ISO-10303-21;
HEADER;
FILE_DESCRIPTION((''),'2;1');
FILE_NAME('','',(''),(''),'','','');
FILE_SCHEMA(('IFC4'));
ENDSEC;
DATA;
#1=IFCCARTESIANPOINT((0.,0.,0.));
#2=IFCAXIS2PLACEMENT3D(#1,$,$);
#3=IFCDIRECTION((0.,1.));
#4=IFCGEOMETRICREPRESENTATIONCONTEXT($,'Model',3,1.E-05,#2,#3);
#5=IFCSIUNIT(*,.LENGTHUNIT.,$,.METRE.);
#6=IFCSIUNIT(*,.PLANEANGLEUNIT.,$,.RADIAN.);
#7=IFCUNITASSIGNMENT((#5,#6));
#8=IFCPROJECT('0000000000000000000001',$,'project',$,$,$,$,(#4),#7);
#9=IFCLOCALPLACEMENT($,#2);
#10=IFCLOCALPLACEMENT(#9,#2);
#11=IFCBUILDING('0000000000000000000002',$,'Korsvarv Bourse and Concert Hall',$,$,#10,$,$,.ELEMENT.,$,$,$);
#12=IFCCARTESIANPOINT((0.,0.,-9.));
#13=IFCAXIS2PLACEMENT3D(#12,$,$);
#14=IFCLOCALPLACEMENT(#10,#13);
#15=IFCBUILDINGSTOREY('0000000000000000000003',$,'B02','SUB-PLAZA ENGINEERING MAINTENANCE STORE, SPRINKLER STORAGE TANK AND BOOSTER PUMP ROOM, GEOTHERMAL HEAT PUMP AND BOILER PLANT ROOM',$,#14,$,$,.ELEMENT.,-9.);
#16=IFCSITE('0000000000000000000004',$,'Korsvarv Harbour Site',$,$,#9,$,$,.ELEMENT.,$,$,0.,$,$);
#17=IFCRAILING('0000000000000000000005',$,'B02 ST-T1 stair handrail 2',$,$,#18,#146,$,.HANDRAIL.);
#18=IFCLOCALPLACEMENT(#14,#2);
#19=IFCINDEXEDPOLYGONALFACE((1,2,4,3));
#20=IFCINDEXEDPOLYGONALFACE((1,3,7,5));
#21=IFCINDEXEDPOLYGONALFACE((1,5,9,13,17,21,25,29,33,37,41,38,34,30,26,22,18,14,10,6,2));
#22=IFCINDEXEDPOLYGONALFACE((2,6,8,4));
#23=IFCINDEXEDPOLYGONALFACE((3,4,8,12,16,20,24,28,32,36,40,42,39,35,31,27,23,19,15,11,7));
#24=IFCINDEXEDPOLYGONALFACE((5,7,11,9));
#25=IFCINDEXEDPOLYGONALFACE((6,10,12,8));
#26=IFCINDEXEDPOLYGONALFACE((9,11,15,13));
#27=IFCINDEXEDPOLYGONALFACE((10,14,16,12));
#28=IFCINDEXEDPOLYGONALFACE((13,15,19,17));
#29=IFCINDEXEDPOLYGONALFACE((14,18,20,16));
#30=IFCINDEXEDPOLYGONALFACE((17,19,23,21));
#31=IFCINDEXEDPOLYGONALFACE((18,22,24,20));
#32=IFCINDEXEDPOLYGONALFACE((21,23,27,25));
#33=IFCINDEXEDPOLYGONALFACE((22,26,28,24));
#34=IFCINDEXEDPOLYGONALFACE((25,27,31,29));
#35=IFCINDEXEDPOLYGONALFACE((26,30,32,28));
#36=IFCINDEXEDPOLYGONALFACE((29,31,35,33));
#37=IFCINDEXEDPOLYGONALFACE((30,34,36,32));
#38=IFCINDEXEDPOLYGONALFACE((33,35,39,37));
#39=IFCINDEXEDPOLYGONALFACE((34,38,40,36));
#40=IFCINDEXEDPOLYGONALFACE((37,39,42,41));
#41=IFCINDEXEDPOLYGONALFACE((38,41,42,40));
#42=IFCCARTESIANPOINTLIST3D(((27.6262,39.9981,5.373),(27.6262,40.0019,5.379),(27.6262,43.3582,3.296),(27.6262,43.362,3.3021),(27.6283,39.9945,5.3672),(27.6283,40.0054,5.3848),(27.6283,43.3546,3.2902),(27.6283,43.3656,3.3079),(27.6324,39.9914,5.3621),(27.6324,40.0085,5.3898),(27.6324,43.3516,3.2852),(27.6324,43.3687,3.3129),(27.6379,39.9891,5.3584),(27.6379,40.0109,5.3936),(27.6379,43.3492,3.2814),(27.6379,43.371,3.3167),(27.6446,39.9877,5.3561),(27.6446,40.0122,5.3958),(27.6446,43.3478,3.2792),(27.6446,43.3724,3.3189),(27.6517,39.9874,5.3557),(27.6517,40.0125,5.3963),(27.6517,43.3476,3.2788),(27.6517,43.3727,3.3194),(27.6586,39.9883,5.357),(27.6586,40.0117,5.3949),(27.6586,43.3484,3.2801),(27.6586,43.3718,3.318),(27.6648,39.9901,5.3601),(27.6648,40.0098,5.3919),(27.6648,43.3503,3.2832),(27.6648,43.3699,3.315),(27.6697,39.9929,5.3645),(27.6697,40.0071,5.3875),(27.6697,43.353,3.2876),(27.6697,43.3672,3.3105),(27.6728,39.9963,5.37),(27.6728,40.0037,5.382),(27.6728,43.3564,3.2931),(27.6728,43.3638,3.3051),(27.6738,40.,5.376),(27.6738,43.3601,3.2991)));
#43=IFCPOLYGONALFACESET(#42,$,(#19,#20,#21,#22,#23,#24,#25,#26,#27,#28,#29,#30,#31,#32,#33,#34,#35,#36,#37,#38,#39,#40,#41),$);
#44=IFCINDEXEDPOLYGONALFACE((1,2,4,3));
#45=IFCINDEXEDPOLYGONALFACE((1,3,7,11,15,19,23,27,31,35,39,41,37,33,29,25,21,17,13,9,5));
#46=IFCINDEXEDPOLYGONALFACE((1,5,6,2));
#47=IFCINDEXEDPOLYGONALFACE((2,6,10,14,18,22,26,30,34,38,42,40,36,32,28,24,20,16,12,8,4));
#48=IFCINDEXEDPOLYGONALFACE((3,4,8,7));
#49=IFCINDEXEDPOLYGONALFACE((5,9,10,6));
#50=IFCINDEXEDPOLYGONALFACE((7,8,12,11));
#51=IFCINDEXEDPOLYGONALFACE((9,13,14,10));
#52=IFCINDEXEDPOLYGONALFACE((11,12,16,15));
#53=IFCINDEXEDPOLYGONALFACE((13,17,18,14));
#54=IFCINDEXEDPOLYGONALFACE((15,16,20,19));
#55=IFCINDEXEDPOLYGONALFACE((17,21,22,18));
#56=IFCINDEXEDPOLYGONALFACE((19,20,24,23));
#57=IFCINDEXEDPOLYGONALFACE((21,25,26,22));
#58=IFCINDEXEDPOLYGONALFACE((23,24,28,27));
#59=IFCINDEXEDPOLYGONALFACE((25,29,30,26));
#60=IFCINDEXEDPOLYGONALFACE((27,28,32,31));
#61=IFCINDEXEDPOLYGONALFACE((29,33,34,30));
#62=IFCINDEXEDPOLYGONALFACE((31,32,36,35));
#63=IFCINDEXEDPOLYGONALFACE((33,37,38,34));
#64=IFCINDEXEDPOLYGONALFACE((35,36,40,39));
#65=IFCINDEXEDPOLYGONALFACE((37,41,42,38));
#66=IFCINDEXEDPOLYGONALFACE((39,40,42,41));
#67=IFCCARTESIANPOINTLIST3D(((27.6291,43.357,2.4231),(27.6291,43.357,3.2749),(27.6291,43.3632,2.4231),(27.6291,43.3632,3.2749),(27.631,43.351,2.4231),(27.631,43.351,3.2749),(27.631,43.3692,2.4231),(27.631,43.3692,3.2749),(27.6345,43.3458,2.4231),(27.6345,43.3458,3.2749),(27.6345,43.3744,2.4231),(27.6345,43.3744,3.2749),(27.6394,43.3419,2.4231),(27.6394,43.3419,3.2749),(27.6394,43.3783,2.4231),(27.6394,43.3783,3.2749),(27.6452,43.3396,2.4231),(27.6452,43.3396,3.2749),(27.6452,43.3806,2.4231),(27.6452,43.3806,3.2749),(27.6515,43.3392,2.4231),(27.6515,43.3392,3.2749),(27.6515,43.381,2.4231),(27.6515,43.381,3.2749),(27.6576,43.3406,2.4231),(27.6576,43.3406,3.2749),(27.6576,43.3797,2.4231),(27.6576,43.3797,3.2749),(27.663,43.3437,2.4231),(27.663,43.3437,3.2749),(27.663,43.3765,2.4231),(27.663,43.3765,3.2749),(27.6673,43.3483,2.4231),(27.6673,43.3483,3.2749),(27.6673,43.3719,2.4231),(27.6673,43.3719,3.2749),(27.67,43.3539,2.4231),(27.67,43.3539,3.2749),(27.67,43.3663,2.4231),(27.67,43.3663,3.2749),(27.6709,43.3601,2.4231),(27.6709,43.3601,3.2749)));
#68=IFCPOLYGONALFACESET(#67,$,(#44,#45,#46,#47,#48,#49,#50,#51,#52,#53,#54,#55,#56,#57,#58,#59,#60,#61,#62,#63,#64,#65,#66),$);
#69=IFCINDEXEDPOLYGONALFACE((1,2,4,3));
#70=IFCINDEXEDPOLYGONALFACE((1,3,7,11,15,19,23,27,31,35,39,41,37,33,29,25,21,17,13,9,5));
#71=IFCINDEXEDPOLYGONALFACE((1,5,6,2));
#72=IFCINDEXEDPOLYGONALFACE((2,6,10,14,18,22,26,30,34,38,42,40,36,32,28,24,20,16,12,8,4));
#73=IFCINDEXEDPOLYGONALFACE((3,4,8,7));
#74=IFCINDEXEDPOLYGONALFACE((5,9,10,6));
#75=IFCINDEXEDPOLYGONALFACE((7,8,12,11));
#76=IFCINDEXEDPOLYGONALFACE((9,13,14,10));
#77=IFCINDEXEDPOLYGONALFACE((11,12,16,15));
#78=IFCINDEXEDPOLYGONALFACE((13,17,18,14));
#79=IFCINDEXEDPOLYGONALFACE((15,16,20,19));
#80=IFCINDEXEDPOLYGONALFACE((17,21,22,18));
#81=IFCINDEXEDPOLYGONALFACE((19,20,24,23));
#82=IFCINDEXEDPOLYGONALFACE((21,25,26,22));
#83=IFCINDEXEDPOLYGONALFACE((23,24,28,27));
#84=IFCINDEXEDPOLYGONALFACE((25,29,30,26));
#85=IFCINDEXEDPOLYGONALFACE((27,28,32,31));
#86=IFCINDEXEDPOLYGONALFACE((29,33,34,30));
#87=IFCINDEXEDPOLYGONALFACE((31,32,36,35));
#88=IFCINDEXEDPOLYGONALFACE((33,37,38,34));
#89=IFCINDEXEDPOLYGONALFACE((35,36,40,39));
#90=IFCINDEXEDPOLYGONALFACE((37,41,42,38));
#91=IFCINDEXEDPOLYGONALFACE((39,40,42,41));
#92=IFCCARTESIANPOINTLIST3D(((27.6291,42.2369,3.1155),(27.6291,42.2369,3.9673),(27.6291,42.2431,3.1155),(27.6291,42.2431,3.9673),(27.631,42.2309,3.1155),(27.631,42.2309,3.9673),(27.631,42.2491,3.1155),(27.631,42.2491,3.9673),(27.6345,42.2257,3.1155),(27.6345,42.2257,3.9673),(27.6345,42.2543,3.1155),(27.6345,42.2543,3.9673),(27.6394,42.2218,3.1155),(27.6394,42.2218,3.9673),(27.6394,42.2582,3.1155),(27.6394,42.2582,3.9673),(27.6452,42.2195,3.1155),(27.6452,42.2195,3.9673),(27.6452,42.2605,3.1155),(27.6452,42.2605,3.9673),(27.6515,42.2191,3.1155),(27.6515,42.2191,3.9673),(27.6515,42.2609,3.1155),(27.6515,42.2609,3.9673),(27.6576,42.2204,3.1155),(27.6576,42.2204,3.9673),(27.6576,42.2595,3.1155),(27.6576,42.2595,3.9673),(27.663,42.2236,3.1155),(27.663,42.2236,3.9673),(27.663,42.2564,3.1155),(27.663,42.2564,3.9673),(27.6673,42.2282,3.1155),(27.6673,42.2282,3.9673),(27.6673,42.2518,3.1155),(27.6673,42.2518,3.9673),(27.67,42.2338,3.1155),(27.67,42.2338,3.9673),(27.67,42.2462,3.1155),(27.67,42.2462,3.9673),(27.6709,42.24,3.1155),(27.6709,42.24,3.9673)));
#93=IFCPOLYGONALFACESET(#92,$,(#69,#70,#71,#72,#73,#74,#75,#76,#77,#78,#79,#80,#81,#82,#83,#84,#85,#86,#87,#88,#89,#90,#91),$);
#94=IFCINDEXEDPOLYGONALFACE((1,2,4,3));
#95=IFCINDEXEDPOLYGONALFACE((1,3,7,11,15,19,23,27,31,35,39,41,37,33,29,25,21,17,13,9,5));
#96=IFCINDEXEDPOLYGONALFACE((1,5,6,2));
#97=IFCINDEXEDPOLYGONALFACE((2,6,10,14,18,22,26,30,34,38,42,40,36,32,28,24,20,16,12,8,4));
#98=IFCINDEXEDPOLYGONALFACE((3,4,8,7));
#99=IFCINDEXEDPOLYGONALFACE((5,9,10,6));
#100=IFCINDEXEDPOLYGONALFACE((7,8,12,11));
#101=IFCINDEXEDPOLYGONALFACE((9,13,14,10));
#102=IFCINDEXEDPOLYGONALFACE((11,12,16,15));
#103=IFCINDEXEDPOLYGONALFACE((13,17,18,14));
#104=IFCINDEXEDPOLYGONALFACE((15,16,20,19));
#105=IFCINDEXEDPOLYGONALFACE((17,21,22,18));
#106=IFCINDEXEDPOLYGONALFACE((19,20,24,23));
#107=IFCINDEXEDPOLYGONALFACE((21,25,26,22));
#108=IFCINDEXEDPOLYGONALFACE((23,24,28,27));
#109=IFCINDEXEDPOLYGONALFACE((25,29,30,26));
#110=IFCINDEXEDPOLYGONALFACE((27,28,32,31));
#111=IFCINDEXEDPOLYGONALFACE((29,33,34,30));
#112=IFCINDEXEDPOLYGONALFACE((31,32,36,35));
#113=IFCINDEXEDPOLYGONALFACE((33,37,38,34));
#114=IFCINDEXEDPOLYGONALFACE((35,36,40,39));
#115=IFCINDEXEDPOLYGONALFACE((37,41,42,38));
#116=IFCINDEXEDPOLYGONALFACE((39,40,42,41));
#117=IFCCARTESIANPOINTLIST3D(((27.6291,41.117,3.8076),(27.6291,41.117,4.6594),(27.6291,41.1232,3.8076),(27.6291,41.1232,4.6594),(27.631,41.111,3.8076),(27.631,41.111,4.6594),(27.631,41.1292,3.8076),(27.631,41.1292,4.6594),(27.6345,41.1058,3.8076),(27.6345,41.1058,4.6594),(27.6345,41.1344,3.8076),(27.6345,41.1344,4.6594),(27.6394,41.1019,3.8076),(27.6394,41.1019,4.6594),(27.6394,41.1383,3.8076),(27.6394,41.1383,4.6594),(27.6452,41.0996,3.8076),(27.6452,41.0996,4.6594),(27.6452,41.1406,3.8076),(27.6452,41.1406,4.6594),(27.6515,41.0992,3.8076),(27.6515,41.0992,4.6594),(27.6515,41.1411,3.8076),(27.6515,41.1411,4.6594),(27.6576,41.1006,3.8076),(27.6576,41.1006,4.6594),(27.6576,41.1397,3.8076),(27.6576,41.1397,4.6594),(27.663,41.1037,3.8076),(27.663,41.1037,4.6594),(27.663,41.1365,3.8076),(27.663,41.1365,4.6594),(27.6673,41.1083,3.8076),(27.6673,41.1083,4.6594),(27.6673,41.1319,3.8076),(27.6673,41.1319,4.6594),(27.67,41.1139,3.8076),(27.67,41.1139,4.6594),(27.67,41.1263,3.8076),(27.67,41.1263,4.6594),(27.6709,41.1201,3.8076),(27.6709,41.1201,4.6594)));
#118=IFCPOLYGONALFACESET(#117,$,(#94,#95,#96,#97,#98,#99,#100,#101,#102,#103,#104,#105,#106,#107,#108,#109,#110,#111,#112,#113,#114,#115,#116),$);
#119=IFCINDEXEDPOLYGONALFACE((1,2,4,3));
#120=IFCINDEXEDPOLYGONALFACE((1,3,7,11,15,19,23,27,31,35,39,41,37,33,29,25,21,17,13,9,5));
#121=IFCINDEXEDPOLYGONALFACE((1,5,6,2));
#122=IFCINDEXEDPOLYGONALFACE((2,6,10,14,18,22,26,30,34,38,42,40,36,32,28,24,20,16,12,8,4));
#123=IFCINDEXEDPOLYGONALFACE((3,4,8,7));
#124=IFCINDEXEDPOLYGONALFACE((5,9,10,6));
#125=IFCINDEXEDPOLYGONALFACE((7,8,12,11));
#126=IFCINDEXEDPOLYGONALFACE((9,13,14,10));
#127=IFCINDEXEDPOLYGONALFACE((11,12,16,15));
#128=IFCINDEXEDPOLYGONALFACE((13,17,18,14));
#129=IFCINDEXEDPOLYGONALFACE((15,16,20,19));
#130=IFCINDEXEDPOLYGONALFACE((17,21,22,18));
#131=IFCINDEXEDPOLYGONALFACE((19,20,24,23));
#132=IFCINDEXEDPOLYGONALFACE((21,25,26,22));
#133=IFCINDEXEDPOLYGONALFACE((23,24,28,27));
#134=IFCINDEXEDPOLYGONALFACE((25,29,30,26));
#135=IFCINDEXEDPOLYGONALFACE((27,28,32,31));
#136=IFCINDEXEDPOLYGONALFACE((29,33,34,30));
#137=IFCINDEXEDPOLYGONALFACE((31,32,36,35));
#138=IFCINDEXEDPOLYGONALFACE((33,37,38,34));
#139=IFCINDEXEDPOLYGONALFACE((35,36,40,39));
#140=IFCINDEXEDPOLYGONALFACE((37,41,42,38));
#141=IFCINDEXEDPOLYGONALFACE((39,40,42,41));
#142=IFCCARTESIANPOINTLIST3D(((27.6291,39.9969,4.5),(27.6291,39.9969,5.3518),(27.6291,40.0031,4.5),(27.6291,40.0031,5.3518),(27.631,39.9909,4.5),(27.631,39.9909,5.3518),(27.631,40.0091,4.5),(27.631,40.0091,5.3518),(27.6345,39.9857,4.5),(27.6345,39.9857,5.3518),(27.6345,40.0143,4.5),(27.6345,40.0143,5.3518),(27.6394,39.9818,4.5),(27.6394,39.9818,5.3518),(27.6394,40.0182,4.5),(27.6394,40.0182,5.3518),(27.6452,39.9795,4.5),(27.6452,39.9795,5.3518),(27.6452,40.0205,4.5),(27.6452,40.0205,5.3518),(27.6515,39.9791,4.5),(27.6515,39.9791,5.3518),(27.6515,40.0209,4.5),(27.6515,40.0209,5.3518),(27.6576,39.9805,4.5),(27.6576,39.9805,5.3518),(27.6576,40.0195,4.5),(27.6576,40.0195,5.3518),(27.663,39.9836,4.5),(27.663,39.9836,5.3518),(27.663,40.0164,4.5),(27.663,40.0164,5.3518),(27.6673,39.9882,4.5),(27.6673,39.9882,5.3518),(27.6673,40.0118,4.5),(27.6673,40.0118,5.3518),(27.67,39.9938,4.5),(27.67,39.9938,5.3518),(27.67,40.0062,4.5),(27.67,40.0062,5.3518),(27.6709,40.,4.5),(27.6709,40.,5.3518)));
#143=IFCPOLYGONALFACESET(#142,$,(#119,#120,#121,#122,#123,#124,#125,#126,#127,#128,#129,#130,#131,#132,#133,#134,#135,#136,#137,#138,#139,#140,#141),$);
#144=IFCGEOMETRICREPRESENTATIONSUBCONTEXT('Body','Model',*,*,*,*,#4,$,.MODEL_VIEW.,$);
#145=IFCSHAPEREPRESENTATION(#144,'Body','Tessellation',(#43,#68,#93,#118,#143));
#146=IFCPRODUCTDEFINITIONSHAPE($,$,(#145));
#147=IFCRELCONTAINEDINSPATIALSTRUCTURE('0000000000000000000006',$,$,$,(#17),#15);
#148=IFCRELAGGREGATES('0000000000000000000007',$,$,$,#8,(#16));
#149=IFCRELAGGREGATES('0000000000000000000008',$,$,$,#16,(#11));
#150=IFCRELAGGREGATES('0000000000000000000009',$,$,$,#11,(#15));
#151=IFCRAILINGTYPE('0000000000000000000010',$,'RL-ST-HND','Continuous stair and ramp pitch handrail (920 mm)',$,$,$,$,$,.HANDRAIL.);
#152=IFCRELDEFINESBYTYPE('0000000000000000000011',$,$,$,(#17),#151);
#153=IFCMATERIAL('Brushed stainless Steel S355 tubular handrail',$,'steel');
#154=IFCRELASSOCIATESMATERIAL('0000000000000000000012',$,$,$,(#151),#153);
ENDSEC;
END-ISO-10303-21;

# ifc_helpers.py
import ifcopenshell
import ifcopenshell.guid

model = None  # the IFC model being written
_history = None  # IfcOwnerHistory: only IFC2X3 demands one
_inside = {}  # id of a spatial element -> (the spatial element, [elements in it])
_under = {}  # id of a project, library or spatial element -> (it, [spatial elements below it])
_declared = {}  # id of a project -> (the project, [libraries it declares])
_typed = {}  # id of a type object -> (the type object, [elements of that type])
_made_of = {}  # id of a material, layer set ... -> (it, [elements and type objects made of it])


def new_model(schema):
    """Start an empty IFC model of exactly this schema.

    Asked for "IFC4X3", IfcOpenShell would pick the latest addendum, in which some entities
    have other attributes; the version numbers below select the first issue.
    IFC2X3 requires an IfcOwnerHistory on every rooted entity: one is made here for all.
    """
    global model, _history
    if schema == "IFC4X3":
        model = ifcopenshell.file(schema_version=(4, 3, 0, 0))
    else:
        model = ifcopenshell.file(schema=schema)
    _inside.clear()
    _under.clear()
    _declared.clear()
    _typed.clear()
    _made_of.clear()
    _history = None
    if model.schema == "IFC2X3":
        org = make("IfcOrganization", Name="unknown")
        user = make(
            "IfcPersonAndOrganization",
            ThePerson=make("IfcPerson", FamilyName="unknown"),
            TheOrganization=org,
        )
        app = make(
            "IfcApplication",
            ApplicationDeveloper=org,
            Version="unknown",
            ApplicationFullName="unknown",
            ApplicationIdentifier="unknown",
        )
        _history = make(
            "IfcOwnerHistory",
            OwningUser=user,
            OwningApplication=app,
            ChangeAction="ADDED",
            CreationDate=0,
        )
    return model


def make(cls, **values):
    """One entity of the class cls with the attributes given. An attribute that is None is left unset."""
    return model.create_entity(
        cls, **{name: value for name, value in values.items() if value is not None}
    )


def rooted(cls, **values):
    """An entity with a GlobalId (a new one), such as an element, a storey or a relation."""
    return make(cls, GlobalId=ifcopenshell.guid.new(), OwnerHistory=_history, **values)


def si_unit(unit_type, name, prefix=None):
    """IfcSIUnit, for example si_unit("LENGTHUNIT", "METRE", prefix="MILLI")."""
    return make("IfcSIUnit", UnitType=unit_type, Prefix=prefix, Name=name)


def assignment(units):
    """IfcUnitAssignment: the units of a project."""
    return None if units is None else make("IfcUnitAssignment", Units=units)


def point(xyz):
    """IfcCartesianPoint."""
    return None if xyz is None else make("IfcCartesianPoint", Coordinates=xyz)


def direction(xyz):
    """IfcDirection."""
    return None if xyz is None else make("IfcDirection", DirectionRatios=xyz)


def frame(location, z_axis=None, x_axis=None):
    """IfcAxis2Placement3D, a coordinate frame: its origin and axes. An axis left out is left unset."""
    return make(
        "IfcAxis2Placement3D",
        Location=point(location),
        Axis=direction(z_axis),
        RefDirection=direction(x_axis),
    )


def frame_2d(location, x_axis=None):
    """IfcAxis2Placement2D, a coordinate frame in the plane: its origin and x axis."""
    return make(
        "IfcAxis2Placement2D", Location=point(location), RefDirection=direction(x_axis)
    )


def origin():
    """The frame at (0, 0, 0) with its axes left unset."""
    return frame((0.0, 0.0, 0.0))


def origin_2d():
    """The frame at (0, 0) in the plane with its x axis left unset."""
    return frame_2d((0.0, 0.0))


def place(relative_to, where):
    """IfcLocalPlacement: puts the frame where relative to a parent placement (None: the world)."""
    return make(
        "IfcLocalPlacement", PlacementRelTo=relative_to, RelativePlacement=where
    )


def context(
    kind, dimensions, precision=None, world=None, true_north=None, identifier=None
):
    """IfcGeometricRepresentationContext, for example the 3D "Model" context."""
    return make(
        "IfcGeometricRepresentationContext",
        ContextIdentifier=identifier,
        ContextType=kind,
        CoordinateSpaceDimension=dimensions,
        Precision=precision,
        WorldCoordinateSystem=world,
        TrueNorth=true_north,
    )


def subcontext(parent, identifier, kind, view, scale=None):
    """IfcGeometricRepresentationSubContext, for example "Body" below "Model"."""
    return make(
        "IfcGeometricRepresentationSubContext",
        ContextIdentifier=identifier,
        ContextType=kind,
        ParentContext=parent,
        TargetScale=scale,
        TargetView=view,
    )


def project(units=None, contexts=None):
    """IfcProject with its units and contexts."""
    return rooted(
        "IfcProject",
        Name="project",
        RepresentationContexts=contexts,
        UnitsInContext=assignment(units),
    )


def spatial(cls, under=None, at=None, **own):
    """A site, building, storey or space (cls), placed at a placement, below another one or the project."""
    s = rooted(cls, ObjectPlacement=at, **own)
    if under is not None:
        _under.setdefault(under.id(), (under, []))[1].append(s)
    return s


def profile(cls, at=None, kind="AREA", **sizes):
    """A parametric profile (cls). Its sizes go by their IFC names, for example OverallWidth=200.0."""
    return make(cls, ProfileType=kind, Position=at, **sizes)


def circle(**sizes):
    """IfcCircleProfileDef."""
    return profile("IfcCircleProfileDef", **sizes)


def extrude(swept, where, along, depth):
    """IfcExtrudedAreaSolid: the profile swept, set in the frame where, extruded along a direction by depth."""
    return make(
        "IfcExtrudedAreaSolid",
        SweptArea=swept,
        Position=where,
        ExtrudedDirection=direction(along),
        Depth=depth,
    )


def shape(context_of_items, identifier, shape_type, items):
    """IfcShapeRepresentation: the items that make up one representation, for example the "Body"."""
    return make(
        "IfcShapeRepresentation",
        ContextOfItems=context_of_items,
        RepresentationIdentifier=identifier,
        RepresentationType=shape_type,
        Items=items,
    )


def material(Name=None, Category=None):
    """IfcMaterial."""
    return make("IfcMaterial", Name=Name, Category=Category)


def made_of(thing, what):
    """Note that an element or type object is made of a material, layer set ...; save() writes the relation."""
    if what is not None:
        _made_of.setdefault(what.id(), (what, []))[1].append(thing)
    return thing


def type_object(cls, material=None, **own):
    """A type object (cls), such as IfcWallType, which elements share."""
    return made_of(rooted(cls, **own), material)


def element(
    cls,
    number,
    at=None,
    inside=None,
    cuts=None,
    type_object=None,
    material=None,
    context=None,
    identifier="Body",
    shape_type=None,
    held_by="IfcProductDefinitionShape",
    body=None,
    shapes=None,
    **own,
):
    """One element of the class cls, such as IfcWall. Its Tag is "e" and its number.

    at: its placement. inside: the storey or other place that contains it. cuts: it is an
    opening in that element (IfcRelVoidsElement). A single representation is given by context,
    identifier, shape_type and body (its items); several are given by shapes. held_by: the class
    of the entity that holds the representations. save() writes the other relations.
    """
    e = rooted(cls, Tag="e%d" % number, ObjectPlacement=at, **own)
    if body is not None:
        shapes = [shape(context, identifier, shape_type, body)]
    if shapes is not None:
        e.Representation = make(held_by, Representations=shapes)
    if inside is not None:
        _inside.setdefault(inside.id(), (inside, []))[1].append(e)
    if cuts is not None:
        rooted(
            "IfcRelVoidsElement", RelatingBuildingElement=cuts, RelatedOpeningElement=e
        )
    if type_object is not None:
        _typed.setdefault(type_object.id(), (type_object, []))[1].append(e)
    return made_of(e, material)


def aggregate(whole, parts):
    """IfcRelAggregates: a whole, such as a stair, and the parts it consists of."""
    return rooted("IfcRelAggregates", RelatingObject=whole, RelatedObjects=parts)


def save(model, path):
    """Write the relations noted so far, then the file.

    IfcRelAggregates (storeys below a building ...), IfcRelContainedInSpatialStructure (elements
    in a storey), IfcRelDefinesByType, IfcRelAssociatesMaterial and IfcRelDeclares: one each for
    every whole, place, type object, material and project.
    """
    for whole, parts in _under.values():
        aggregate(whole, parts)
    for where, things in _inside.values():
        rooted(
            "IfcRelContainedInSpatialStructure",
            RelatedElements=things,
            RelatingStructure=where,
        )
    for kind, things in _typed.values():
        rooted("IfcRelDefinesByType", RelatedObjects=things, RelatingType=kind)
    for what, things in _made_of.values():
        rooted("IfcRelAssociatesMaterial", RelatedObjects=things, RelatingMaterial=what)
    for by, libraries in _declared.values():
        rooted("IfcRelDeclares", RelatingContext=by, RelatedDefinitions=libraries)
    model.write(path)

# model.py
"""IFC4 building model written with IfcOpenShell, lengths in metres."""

from ifc_helpers import new_model, si_unit, direction, frame, origin, origin_2d, place, context, subcontext, project, spatial, circle, extrude, material, type_object, element, save


model = new_model("IFC4")

# Units and contexts
model_context = context("Model", 3, precision=1e-05, world=origin(), true_north=direction((0.0, 1.0)))
body_context = subcontext(model_context, "Body", "Model", "MODEL_VIEW")
ifc_project = project(units=[si_unit("LENGTHUNIT", "METRE"), si_unit("PLANEANGLEUNIT", "RADIAN")], contexts=[model_context])

# Site, building, storey
site_placement = place(None, origin())
site = spatial("IfcSite", under=ifc_project, at=site_placement, Name="Korsvarv Harbour Site", CompositionType="ELEMENT", RefElevation=0.0)
building_placement = place(site_placement, origin())
building = spatial("IfcBuilding", under=site, at=building_placement, Name="Korsvarv Bourse and Concert Hall", CompositionType="ELEMENT")
storey_placement = place(building_placement, frame((0.0, 0.0, -9.0)))
storey = spatial("IfcBuildingStorey", under=building, at=storey_placement, Name="B02", Description="SUB-PLAZA ENGINEERING MAINTENANCE STORE, SPRINKLER STORAGE TANK AND BOOSTER PUMP ROOM, GEOTHERMAL HEAT PUMP AND BOILER PLANT ROOM", CompositionType="ELEMENT", Elevation=-9.0)

# Railing
ifc_material_1 = material(Name="Brushed stainless Steel S355 tubular handrail", Category="steel")
railing_type_1 = type_object("IfcRailingType", Name="RL-ST-HND", Description="Continuous stair and ramp pitch handrail (920 mm)", PredefinedType="HANDRAIL", material=ifc_material_1)
railing_1_placement = place(storey_placement, frame((27.6499, 43.3601, 2.4231)))
element("IfcRailing", 1, at=railing_1_placement, inside=storey, type_object=railing_type_1, Name="B02 ST-T1 stair handrail 2", PredefinedType="HANDRAIL", context=body_context, shape_type="SweptSolid", body=[
    extrude(circle(Radius=0.0239, at=origin_2d()), frame((0.0, 0.0, 0.876), z_axis=(0.0, -0.850623, 0.525776), x_axis=(1.0, 0.0, 0.0)), (0.0, 0.0, 1.0), 3.9502),
    extrude(circle(Radius=0.021, at=origin_2d()), origin(), (0.0, 0.0, 1.0), 0.8518),
    extrude(circle(Radius=0.021, at=origin_2d()), frame((0.0, -1.1201, 0.6924)), (0.0, 0.0, 1.0), 0.8518),
    extrude(circle(Radius=0.021, at=origin_2d()), frame((0.0, -2.24, 1.3845)), (0.0, 0.0, 1.0), 0.8518),
    extrude(circle(Radius=0.021, at=origin_2d()), frame((0.0, -3.3601, 2.0769)), (0.0, 0.0, 1.0), 0.8518),
])

save(model, "model.ifc")
